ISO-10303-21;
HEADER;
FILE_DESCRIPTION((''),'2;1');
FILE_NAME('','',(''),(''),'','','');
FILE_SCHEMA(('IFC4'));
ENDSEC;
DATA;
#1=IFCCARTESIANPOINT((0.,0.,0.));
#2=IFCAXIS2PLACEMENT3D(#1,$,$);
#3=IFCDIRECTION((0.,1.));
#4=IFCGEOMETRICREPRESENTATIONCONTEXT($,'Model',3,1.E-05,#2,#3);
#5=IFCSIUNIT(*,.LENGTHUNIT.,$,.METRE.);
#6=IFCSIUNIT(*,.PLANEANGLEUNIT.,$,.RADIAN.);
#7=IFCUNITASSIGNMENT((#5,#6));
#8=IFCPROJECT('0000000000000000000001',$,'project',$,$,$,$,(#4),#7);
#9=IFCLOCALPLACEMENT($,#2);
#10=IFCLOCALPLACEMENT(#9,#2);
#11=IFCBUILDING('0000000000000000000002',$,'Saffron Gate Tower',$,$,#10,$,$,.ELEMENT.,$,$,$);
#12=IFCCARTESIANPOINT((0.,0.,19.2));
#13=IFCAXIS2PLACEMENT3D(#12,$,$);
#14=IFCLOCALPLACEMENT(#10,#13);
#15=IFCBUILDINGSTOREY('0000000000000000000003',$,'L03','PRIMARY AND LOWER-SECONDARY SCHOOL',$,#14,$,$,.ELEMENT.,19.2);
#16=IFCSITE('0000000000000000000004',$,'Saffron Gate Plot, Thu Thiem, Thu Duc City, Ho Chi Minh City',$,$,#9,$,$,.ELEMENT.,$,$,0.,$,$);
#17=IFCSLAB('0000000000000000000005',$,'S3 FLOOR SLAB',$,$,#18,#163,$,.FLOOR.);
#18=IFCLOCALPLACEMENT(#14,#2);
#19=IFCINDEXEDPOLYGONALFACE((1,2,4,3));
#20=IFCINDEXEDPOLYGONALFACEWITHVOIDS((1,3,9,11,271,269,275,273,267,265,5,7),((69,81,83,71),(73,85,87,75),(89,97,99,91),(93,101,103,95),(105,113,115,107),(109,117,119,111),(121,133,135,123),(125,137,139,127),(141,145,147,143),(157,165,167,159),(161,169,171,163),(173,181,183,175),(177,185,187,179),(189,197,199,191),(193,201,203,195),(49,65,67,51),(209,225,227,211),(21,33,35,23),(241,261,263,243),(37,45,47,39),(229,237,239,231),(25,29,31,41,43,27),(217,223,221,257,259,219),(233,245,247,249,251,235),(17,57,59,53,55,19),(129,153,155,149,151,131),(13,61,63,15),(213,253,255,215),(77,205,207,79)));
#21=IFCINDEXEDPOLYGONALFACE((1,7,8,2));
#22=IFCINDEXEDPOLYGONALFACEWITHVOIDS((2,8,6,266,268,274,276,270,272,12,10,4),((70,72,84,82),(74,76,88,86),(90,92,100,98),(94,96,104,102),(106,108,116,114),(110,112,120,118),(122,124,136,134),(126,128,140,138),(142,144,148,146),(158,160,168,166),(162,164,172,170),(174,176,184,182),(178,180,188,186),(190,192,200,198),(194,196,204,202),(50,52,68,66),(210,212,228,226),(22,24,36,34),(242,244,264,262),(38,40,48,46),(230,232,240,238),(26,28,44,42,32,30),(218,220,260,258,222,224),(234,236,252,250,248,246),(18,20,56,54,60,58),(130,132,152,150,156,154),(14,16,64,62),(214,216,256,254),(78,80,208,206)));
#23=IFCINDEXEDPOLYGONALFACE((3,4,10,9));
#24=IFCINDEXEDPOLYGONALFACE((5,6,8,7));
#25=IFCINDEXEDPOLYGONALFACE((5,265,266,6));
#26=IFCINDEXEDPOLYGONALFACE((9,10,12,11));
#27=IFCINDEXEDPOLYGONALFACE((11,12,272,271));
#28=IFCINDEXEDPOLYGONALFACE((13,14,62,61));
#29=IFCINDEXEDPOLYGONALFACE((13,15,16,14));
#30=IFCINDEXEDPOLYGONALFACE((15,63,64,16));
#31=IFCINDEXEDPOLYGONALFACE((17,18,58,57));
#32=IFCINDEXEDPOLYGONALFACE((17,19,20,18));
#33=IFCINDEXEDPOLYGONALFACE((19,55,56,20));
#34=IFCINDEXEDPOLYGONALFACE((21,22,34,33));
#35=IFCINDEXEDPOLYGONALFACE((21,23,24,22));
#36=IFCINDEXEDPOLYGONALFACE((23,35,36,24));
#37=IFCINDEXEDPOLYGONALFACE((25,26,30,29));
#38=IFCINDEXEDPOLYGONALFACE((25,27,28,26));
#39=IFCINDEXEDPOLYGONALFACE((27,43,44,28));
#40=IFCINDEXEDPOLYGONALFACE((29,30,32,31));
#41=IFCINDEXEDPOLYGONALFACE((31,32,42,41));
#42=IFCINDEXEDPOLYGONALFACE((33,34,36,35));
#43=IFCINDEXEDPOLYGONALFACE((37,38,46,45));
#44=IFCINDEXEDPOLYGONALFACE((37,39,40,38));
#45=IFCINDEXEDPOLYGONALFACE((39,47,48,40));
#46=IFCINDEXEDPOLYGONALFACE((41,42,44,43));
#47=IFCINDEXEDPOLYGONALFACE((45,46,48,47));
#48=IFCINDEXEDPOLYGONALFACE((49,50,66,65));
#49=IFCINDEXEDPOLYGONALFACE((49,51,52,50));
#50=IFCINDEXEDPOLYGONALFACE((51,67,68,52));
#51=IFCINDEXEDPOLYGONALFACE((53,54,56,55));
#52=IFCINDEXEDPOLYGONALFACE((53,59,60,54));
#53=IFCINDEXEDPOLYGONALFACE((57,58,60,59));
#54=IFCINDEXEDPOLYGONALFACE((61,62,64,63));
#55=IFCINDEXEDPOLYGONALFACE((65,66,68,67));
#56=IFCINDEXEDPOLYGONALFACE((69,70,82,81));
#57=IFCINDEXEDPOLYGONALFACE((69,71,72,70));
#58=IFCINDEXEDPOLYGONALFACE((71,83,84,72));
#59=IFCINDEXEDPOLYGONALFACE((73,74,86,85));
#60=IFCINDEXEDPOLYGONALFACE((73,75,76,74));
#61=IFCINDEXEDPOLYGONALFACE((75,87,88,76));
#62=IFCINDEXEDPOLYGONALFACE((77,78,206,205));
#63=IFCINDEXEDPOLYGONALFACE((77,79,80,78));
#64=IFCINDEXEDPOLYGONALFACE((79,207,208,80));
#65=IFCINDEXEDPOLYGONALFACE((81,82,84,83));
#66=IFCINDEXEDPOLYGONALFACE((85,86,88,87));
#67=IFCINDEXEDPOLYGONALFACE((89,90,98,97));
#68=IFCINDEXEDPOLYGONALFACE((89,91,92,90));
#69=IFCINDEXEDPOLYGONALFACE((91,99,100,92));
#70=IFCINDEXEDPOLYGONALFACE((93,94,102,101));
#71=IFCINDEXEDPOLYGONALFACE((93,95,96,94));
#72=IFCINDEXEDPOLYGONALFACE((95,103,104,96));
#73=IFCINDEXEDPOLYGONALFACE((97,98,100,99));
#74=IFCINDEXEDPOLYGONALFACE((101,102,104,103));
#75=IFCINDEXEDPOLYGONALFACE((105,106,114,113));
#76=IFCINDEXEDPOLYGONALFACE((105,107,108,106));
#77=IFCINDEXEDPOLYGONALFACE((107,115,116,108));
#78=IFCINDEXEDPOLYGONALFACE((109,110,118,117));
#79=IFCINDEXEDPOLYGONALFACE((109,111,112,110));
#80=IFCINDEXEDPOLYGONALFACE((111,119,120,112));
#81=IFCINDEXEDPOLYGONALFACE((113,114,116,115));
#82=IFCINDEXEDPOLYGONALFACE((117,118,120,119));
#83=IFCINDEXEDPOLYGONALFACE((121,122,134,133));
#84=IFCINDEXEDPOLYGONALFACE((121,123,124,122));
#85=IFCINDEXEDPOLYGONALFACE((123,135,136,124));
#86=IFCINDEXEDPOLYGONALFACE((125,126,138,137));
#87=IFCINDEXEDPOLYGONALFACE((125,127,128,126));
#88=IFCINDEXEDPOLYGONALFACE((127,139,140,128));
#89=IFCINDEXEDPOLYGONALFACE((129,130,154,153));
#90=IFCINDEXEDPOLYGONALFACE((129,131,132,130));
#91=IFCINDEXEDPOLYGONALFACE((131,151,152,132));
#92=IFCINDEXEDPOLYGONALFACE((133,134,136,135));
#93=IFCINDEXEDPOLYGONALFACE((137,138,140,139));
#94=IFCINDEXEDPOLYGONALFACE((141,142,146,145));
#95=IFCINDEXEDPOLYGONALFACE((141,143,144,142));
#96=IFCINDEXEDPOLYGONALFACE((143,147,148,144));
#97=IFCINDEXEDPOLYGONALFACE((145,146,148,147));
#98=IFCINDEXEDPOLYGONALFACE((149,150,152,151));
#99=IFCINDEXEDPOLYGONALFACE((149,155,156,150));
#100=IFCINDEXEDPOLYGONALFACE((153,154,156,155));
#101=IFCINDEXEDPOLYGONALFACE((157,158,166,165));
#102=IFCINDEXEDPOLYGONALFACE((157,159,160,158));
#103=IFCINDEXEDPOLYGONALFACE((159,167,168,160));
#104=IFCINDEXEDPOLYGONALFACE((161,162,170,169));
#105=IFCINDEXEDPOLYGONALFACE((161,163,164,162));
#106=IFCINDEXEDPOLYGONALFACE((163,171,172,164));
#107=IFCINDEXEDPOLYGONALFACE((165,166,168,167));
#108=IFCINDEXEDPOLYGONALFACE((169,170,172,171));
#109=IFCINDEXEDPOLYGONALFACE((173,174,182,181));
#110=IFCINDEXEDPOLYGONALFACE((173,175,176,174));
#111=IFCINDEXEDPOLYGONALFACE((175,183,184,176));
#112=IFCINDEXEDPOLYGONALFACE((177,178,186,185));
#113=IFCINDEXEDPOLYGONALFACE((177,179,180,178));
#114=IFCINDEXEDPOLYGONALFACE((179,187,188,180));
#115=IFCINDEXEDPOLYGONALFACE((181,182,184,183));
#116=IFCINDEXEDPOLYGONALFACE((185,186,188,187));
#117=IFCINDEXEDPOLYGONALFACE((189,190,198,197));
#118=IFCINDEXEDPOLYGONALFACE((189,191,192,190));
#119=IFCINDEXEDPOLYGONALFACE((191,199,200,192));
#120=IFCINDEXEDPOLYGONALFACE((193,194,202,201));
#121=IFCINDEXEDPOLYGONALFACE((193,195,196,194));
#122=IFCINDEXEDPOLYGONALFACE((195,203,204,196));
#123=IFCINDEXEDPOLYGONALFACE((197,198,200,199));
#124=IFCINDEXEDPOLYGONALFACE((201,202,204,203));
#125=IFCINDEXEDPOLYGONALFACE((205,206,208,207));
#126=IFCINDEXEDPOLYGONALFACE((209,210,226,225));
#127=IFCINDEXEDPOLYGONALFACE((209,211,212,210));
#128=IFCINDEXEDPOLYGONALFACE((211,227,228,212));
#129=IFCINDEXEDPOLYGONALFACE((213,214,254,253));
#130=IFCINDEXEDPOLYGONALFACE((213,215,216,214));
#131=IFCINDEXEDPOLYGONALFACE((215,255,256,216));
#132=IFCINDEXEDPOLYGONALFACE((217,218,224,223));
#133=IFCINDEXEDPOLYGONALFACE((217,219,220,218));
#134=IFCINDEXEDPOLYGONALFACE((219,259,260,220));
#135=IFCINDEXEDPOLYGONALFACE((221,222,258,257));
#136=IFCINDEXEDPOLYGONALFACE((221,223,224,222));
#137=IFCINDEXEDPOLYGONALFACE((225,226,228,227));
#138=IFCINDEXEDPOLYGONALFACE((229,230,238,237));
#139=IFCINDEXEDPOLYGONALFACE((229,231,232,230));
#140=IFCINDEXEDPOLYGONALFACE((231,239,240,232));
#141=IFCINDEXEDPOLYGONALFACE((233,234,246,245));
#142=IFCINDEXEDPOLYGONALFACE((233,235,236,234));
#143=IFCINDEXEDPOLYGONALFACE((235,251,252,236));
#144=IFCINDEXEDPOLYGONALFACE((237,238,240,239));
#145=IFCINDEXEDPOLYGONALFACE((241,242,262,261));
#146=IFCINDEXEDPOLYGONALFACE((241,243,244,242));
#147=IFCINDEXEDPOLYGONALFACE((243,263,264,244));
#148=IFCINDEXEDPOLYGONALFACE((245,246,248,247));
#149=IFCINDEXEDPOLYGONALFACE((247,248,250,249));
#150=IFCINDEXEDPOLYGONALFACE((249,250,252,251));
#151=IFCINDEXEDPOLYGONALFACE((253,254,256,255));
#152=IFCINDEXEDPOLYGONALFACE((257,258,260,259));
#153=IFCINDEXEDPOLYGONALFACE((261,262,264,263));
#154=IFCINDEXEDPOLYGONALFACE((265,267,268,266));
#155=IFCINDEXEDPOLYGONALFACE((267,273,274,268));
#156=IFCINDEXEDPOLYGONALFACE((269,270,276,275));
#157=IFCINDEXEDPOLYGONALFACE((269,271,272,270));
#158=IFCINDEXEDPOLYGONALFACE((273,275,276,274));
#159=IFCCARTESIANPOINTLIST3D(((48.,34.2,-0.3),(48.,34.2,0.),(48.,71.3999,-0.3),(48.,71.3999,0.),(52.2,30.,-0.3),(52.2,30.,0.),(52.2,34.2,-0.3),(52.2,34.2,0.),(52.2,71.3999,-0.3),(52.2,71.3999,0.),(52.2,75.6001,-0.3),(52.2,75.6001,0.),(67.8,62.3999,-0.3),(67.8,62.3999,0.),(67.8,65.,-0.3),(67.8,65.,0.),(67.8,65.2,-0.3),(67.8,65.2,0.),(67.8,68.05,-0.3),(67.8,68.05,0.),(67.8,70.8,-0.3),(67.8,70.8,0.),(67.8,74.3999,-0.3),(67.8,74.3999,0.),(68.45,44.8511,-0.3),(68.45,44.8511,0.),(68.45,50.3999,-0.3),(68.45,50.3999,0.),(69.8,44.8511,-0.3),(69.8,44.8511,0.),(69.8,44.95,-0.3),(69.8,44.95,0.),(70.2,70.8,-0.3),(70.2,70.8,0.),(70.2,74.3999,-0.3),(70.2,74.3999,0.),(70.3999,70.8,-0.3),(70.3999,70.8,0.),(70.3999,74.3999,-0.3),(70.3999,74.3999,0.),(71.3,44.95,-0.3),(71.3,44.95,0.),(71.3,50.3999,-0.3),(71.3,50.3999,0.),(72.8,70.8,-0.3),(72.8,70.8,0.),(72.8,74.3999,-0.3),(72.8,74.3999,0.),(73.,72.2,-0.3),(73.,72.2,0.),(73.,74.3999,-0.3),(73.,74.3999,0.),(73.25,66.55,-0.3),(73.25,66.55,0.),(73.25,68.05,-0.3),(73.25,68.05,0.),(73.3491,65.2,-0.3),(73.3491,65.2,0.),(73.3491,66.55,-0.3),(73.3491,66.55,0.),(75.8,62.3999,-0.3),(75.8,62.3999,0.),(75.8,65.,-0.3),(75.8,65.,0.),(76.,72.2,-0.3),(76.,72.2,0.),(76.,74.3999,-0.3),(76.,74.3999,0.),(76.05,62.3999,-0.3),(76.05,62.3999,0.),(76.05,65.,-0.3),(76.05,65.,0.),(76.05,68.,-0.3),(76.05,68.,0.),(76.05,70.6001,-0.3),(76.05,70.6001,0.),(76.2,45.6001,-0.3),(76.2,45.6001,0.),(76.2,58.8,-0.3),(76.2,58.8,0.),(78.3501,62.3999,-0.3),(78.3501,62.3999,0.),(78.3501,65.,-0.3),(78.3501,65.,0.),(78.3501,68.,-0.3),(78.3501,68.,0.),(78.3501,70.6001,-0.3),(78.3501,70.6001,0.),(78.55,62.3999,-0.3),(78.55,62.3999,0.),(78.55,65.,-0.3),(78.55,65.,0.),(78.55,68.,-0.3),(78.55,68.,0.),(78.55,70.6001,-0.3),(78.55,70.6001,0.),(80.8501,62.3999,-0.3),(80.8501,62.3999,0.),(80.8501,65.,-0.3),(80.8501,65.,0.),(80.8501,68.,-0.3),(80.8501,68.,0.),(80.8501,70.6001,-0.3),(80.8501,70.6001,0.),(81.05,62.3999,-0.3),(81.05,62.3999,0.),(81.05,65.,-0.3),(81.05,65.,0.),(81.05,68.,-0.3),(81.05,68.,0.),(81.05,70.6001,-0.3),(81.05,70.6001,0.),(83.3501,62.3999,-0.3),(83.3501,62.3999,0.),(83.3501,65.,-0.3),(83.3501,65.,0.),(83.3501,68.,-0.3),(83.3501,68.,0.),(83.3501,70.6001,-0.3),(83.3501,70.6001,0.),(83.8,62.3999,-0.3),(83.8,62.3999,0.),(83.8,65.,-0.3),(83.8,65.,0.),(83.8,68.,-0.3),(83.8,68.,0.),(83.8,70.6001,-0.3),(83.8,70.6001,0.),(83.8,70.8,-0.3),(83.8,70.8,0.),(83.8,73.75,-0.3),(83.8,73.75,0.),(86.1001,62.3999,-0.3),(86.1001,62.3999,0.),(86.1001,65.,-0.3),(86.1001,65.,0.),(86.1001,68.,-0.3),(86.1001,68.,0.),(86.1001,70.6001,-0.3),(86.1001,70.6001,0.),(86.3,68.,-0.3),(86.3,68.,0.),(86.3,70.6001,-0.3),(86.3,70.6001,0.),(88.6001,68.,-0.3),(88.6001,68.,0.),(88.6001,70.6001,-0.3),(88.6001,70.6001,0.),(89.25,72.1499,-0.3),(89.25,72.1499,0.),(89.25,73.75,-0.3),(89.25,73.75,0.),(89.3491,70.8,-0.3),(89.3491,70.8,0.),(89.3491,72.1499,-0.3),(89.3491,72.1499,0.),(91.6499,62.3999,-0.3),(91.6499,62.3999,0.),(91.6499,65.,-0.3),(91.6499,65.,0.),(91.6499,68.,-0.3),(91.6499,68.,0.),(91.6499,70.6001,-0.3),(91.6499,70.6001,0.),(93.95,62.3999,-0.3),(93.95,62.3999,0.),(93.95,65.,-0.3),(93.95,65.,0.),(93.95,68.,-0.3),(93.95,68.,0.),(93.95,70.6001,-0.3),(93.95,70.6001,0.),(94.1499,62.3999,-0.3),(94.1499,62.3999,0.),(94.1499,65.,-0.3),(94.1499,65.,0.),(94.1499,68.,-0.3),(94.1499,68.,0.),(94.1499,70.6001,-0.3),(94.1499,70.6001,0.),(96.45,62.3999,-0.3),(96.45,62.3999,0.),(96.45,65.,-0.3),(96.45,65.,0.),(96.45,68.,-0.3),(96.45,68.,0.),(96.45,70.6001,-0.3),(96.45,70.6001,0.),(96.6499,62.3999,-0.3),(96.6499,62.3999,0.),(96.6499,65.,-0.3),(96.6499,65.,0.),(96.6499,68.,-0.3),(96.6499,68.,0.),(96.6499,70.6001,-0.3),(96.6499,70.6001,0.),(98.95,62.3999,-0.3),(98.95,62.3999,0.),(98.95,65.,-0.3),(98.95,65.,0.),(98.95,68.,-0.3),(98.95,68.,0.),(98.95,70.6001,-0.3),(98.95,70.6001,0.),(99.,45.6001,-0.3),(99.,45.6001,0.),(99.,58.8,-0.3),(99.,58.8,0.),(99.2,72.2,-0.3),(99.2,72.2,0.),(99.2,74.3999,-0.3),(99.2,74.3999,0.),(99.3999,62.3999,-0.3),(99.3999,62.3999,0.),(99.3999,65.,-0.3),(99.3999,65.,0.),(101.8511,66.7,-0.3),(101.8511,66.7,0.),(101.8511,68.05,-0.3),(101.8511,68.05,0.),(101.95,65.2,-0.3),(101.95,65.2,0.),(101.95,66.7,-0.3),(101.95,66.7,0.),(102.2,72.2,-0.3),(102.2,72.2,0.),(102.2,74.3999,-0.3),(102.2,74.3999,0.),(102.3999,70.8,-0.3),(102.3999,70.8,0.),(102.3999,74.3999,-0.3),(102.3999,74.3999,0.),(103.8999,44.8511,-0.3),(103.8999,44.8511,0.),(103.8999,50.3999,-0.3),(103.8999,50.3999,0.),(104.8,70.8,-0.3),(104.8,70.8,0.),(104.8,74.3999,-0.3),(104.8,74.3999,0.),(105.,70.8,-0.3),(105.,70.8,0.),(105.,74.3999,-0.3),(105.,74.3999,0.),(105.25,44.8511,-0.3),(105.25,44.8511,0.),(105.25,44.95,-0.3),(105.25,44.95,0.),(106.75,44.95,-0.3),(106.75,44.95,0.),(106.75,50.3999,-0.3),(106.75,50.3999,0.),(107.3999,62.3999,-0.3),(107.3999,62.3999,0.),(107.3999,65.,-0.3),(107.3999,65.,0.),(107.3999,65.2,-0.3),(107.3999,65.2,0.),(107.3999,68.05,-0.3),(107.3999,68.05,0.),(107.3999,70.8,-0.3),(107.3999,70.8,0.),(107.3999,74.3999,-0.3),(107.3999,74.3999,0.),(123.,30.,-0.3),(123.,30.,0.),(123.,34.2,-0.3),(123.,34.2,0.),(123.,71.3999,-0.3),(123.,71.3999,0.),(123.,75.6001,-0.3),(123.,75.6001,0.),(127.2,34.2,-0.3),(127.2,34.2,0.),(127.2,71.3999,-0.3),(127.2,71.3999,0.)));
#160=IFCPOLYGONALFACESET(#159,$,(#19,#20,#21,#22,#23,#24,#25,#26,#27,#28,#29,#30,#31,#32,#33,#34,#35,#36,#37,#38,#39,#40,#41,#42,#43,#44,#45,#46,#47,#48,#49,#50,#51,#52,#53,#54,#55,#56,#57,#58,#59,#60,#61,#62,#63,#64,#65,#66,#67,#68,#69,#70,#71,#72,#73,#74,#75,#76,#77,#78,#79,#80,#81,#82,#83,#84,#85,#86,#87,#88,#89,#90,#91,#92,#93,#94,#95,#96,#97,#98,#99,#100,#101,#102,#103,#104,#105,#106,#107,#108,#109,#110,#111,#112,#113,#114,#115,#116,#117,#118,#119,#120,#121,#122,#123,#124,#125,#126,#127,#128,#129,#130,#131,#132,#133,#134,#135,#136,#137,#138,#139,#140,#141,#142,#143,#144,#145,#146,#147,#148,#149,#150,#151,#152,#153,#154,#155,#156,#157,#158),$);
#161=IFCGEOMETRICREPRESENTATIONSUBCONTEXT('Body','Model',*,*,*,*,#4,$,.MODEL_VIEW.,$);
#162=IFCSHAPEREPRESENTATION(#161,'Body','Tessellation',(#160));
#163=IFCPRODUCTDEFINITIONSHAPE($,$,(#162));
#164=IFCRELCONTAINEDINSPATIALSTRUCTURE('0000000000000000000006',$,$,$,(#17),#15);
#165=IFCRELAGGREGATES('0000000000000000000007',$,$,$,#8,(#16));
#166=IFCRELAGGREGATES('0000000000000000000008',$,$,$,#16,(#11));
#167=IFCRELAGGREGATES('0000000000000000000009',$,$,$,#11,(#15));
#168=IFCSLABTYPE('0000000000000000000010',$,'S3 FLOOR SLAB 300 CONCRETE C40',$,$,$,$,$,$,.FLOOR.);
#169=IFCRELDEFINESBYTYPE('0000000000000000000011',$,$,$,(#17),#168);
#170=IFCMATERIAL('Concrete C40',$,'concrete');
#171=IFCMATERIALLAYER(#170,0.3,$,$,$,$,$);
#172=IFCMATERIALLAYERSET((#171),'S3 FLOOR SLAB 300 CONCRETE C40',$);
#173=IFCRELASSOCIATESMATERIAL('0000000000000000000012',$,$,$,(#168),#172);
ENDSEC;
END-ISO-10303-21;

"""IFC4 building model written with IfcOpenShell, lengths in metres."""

from ifc_helpers import new_model, si_unit, direction, frame, origin, place, context, subcontext, project, spatial, polyline, outline, extrude, material, layer, layer_set, type_object, element, save


model = new_model("IFC4")

# Units and contexts
model_context = context("Model", 3, precision=1e-05, world=origin(), true_north=direction((0.0, 1.0)))
body_context = subcontext(model_context, "Body", "Model", "MODEL_VIEW")
ifc_project = project(units=[si_unit("LENGTHUNIT", "METRE"), si_unit("PLANEANGLEUNIT", "RADIAN")], contexts=[model_context])

# Site, building, storey
site_placement = place(None, origin())
site = spatial("IfcSite", under=ifc_project, at=site_placement, Name="Saffron Gate Plot, Thu Thiem, Thu Duc City, Ho Chi Minh City", CompositionType="ELEMENT", RefElevation=0.0)
building_placement = place(site_placement, origin())
building = spatial("IfcBuilding", under=site, at=building_placement, Name="Saffron Gate Tower", CompositionType="ELEMENT")
storey_placement = place(building_placement, frame((0.0, 0.0, 19.2)))
storey = spatial("IfcBuildingStorey", under=building, at=storey_placement, Name="L03", Description="PRIMARY AND LOWER-SECONDARY SCHOOL", CompositionType="ELEMENT", Elevation=19.2)

# Slab
ifc_material_1 = material(Name="Concrete C40", Category="concrete")
ifc_layer_1 = layer(ifc_material_1, 0.3)
ifc_layer_set_1 = layer_set([ifc_layer_1], Name="S3 FLOOR SLAB 300 CONCRETE C40")
slab_type_1 = type_object("IfcSlabType", Name="S3 FLOOR SLAB 300 CONCRETE C40", PredefinedType="FLOOR", material=ifc_layer_set_1)
slab_1_placement = place(storey_placement, frame((0.0, 0.0, -0.3)))
element("IfcSlab", 1, at=slab_1_placement, inside=storey, type_object=slab_type_1, Name="S3 FLOOR SLAB", PredefinedType="FLOOR", context=body_context, shape_type="SweptSolid", body=[
    extrude(outline(polyline([(48.0, 34.2), (52.2, 34.2), (52.2, 30.0), (123.0, 30.0), (123.0, 34.2), (127.2, 34.2), (127.2, 71.3999), (123.0, 71.3999), (123.0, 75.6001), (52.2, 75.6001), (52.2, 71.3999), (48.0, 71.3999), (48.0, 34.2)]), holes=[polyline([(67.8, 62.3999), (67.8, 65.0), (75.8, 65.0), (75.8, 62.3999), (67.8, 62.3999)]), polyline([(67.8, 65.2), (67.8, 68.05), (73.25, 68.05), (73.25, 66.55), (73.3491, 66.55), (73.3491, 65.2), (67.8, 65.2)]), polyline([(67.8, 70.8), (67.8, 74.3999), (70.2, 74.3999), (70.2, 70.8), (67.8, 70.8)]), polyline([(68.45, 44.8511), (68.45, 50.3999), (71.3, 50.3999), (71.3, 44.95), (69.8, 44.95), (69.8, 44.8511), (68.45, 44.8511)]), polyline([(70.3999, 70.8), (70.3999, 74.3999), (72.8, 74.3999), (72.8, 70.8), (70.3999, 70.8)]), polyline([(73.0, 72.2), (73.0, 74.3999), (76.0, 74.3999), (76.0, 72.2), (73.0, 72.2)]), polyline([(76.05, 62.3999), (76.05, 65.0), (78.3501, 65.0), (78.3501, 62.3999), (76.05, 62.3999)]), polyline([(76.05, 68.0), (76.05, 70.6001), (78.3501, 70.6001), (78.3501, 68.0), (76.05, 68.0)]), polyline([(76.2, 45.6001), (76.2, 58.8), (99.0, 58.8), (99.0, 45.6001), (76.2, 45.6001)]), polyline([(78.55, 62.3999), (78.55, 65.0), (80.8501, 65.0), (80.8501, 62.3999), (78.55, 62.3999)]), polyline([(78.55, 68.0), (78.55, 70.6001), (80.8501, 70.6001), (80.8501, 68.0), (78.55, 68.0)]), polyline([(81.05, 62.3999), (81.05, 65.0), (83.3501, 65.0), (83.3501, 62.3999), (81.05, 62.3999)]), polyline([(81.05, 68.0), (81.05, 70.6001), (83.3501, 70.6001), (83.3501, 68.0), (81.05, 68.0)]), polyline([(83.8, 62.3999), (83.8, 65.0), (86.1001, 65.0), (86.1001, 62.3999), (83.8, 62.3999)]), polyline([(83.8, 68.0), (83.8, 70.6001), (86.1001, 70.6001), (86.1001, 68.0), (83.8, 68.0)]), polyline([(83.8, 70.8), (83.8, 73.75), (89.25, 73.75), (89.25, 72.1499), (89.3491, 72.1499), (89.3491, 70.8), (83.8, 70.8)]), polyline([(86.3, 68.0), (86.3, 70.6001), (88.6001, 70.6001), (88.6001, 68.0), (86.3, 68.0)]), polyline([(91.6499, 62.3999), (91.6499, 65.0), (93.95, 65.0), (93.95, 62.3999), (91.6499, 62.3999)]), polyline([(91.6499, 68.0), (91.6499, 70.6001), (93.95, 70.6001), (93.95, 68.0), (91.6499, 68.0)]), polyline([(94.1499, 62.3999), (94.1499, 65.0), (96.45, 65.0), (96.45, 62.3999), (94.1499, 62.3999)]), polyline([(94.1499, 68.0), (94.1499, 70.6001), (96.45, 70.6001), (96.45, 68.0), (94.1499, 68.0)]), polyline([(96.6499, 62.3999), (96.6499, 65.0), (98.95, 65.0), (98.95, 62.3999), (96.6499, 62.3999)]), polyline([(96.6499, 68.0), (96.6499, 70.6001), (98.95, 70.6001), (98.95, 68.0), (96.6499, 68.0)]), polyline([(99.2, 72.2), (99.2, 74.3999), (102.2, 74.3999), (102.2, 72.2), (99.2, 72.2)]), polyline([(99.3999, 62.3999), (99.3999, 65.0), (107.3999, 65.0), (107.3999, 62.3999), (99.3999, 62.3999)]), polyline([(101.8511, 66.7), (101.8511, 68.05), (107.3999, 68.05), (107.3999, 65.2), (101.95, 65.2), (101.95, 66.7), (101.8511, 66.7)]), polyline([(102.3999, 70.8), (102.3999, 74.3999), (104.8, 74.3999), (104.8, 70.8), (102.3999, 70.8)]), polyline([(103.8999, 44.8511), (103.8999, 50.3999), (106.75, 50.3999), (106.75, 44.95), (105.25, 44.95), (105.25, 44.8511), (103.8999, 44.8511)]), polyline([(105.0, 70.8), (105.0, 74.3999), (107.3999, 74.3999), (107.3999, 70.8), (105.0, 70.8)])]), origin(), (0.0, 0.0, 1.0), 0.3),
])

save(model, "model.ifc")
